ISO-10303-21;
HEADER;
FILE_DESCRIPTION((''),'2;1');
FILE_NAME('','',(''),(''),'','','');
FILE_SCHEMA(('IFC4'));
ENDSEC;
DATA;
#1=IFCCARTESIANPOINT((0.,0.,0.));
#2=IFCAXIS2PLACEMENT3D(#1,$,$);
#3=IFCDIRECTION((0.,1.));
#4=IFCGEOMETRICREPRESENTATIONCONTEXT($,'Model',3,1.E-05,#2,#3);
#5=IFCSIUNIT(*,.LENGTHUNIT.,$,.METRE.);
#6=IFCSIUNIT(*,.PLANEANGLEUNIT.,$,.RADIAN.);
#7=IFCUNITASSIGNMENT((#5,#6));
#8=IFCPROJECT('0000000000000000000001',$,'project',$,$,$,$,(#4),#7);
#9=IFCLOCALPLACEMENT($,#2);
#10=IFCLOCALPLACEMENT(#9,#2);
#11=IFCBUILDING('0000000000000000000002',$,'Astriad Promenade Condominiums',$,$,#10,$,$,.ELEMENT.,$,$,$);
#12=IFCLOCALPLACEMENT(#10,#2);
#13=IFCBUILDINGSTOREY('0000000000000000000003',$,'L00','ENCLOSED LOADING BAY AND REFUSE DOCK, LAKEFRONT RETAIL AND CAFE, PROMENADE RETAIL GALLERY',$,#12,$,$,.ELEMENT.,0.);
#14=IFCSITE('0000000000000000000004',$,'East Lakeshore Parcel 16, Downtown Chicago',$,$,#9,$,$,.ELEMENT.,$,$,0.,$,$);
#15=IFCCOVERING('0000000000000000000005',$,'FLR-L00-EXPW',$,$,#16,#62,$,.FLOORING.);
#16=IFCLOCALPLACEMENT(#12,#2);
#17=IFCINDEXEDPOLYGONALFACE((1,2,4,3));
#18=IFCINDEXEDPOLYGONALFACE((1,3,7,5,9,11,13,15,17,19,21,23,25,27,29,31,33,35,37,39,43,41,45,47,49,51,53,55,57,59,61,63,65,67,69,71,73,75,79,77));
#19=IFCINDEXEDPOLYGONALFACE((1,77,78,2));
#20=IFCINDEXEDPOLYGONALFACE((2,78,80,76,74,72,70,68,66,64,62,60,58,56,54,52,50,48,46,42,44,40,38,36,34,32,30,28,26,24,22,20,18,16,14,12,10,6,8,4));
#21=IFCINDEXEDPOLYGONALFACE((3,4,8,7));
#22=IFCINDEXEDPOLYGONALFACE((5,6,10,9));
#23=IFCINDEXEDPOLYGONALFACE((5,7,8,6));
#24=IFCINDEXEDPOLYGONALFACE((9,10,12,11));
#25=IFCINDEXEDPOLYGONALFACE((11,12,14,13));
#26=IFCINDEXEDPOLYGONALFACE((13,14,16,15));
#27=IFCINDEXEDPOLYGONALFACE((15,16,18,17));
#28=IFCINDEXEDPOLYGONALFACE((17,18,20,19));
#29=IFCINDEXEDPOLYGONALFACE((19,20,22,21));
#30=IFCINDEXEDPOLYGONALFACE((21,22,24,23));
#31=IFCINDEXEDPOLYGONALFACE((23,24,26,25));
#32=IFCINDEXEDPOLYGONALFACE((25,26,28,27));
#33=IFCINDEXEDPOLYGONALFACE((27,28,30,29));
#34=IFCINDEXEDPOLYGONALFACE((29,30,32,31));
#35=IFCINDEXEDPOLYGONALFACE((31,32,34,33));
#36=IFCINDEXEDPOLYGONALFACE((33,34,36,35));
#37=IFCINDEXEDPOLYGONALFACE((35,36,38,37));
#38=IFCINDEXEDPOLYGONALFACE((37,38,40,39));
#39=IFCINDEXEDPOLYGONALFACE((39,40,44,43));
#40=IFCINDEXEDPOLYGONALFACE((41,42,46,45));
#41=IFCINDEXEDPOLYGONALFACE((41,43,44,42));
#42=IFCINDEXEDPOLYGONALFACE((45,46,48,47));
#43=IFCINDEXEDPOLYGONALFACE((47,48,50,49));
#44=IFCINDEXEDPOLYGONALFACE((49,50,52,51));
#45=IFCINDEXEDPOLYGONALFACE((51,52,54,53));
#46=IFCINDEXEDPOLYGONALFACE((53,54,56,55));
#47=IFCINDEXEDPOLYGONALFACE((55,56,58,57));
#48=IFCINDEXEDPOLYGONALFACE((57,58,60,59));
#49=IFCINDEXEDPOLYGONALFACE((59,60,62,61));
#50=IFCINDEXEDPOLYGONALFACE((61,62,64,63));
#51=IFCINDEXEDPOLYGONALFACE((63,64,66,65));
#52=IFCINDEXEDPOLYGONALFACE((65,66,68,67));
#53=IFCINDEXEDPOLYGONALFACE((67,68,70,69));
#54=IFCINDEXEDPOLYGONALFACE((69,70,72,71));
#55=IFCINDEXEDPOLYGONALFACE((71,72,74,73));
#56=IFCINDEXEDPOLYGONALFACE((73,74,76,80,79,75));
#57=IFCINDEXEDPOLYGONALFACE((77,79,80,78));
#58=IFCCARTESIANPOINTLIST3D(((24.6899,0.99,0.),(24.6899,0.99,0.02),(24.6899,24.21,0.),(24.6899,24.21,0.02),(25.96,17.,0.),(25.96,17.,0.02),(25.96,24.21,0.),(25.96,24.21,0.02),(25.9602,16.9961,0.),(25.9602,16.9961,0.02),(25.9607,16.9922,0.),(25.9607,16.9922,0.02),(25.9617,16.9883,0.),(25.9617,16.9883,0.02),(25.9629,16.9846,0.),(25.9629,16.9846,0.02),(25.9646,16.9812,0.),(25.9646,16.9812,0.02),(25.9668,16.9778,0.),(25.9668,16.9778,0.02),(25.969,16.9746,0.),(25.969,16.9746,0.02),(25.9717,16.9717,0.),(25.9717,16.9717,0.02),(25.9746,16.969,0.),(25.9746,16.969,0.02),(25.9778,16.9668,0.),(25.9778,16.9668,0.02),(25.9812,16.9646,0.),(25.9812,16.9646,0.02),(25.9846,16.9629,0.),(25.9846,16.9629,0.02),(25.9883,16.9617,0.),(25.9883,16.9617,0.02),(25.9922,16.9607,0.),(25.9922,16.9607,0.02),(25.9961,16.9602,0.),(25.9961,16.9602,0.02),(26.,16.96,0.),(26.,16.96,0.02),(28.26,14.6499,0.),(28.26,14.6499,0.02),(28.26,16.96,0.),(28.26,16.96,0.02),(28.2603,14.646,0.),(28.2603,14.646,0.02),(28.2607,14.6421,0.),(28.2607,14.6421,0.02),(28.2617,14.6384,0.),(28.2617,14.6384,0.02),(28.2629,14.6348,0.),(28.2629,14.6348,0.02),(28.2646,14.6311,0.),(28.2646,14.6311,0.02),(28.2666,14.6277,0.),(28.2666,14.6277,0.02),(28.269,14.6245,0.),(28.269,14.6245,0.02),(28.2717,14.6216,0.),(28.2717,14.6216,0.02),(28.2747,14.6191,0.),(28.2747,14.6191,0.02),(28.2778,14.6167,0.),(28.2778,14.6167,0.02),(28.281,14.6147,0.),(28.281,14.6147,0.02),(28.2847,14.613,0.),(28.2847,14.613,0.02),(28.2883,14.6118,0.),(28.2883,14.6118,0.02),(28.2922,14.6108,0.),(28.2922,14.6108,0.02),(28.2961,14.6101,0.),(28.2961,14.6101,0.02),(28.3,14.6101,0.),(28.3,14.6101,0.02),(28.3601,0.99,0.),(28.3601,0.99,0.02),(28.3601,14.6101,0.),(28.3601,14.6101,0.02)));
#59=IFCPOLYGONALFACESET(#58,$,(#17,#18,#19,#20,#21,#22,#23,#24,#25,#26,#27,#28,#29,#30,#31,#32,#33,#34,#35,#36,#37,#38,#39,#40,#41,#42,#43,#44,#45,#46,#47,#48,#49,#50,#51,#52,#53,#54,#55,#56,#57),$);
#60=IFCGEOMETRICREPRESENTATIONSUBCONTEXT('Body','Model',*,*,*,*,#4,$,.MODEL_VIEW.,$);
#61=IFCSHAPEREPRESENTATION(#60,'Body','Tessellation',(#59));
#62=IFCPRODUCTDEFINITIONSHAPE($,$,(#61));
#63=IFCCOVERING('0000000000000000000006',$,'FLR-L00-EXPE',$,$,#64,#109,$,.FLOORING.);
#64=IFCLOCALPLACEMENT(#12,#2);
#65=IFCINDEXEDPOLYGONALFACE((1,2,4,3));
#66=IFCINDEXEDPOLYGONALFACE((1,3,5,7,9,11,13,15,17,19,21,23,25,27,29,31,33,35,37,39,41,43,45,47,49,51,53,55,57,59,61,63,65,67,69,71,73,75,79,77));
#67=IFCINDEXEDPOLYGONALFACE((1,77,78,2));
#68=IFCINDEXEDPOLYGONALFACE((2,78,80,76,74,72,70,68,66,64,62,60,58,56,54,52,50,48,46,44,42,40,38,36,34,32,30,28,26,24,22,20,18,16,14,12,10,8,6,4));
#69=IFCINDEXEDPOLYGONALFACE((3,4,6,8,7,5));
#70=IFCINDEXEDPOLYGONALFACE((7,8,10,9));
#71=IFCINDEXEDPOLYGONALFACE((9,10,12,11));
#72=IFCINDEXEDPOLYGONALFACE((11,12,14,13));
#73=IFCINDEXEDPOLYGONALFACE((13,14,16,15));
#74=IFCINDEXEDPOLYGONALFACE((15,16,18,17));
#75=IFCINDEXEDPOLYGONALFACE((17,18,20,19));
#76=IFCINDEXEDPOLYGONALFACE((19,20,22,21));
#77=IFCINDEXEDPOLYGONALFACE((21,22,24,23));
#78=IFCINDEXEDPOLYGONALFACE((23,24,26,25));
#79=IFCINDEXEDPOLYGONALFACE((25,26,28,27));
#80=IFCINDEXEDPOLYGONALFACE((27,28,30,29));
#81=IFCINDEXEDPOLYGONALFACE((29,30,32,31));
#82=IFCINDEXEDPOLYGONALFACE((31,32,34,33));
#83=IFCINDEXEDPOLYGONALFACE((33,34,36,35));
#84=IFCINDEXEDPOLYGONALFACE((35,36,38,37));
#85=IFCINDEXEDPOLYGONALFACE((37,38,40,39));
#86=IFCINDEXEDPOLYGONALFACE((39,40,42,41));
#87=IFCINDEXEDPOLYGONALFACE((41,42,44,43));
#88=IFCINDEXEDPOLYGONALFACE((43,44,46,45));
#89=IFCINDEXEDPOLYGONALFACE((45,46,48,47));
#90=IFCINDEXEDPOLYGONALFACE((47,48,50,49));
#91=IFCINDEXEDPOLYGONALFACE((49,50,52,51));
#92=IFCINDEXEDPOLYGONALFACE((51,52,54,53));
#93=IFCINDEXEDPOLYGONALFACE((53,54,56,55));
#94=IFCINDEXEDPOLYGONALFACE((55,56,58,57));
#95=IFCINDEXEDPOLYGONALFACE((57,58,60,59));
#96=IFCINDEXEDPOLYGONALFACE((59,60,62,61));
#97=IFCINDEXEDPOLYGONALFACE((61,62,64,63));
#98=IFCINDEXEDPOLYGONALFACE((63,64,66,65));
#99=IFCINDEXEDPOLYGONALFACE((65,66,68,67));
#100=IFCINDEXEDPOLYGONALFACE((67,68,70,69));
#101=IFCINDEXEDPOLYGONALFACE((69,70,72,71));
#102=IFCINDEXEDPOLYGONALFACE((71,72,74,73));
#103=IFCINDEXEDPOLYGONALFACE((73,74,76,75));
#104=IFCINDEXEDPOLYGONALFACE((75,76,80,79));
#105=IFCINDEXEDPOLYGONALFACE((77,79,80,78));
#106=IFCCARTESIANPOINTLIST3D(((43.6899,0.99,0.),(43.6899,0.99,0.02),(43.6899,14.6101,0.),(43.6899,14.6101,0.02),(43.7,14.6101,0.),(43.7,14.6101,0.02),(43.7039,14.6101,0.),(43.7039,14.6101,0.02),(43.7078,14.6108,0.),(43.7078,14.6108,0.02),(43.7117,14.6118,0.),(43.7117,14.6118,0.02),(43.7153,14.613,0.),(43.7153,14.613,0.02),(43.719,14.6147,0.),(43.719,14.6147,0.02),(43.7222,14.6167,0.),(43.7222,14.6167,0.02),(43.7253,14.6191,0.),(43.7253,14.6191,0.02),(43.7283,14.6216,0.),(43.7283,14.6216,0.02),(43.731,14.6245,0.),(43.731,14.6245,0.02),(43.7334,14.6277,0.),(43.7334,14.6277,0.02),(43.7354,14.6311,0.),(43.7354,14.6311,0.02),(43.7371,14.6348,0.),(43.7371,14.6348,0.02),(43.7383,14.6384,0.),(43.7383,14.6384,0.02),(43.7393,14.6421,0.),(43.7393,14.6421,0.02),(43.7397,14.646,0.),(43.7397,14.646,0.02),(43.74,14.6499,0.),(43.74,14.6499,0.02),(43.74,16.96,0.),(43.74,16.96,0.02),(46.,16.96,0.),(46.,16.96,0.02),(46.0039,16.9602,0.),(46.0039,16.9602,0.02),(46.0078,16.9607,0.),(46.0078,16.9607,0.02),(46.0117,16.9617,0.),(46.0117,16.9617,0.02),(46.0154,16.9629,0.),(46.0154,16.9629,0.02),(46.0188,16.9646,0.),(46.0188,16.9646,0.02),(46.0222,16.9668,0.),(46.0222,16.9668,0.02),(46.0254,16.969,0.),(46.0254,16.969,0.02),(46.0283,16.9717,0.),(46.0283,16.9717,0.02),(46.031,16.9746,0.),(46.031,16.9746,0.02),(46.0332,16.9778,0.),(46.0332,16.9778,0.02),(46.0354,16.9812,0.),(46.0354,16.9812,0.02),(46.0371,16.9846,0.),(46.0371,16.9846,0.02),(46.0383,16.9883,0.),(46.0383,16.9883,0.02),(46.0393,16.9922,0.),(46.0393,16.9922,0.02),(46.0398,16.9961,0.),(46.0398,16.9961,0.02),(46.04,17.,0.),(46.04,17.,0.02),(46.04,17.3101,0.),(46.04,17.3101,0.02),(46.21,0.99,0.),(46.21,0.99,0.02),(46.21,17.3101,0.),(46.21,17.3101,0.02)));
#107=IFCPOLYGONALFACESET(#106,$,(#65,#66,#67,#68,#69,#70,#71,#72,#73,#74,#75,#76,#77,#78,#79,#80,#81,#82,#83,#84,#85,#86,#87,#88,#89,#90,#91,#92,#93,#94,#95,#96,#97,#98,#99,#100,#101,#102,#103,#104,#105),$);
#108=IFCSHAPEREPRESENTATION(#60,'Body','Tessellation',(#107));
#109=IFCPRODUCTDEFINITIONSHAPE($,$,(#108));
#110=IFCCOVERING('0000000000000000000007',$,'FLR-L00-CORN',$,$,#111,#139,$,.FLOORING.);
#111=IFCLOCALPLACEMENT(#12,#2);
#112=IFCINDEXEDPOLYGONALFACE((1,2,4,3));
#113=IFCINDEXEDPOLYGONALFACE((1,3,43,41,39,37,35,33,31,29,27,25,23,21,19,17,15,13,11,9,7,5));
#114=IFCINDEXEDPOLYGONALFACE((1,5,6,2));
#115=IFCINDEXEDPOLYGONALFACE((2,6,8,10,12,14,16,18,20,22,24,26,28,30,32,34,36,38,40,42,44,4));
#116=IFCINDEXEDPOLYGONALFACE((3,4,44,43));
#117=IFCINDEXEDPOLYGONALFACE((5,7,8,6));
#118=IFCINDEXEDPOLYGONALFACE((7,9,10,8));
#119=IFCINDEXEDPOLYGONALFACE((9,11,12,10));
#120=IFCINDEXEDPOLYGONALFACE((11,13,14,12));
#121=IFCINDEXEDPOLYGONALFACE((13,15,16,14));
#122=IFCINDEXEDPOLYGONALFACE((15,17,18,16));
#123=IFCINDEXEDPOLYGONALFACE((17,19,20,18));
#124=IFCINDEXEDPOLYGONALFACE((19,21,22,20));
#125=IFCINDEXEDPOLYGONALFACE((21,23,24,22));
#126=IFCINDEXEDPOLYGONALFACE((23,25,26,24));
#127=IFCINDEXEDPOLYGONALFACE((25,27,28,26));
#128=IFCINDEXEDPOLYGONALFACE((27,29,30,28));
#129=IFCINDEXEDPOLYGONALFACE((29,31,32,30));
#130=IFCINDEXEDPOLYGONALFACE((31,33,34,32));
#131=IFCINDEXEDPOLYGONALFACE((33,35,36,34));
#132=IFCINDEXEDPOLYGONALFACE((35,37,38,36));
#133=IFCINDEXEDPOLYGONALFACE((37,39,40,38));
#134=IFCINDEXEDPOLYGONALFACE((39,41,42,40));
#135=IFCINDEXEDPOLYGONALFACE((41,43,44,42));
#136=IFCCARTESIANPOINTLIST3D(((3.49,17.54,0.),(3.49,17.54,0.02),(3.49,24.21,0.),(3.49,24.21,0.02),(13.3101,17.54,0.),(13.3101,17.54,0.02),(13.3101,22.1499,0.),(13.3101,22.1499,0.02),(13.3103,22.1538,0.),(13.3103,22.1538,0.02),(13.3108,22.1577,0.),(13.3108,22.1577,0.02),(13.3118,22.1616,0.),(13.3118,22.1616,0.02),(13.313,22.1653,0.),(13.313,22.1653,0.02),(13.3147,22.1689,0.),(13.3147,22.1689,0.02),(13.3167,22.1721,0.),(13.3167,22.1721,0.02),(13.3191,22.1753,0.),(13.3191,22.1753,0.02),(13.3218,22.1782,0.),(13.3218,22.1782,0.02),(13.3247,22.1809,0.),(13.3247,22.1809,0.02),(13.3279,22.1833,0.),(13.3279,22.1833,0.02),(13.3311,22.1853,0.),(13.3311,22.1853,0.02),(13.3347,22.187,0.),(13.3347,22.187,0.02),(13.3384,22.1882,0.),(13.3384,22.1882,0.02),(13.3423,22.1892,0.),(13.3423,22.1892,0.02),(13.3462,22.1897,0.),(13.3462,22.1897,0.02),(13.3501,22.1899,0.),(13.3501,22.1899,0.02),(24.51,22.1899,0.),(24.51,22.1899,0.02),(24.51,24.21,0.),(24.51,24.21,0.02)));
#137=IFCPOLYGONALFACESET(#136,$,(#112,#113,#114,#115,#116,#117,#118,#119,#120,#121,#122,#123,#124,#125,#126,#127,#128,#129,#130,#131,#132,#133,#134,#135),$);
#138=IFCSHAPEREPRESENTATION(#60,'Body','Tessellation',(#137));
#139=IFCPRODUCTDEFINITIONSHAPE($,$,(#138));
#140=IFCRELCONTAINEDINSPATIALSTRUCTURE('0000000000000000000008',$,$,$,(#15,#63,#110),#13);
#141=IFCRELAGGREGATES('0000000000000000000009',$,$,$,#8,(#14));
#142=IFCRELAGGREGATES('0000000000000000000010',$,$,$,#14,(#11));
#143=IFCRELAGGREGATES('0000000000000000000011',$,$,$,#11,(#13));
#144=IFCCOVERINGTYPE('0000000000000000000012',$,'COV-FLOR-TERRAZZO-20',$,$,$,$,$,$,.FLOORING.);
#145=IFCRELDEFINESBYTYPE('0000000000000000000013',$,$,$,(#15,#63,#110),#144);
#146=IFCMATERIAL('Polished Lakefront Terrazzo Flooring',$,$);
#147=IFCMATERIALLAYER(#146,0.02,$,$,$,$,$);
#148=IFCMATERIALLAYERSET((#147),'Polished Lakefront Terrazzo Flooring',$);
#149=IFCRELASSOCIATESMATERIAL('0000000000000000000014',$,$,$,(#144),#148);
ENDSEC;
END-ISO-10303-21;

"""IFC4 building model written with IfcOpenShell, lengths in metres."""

from ifc_helpers import new_model, si_unit, direction, origin, place, context, subcontext, project, spatial, polyline, outline, extrude, material, layer, layer_set, type_object, element, save


model = new_model("IFC4")

# Units and contexts
model_context = context("Model", 3, precision=1e-05, world=origin(), true_north=direction((0.0, 1.0)))
body_context = subcontext(model_context, "Body", "Model", "MODEL_VIEW")
ifc_project = project(units=[si_unit("LENGTHUNIT", "METRE"), si_unit("PLANEANGLEUNIT", "RADIAN")], contexts=[model_context])

# Site, building, storey
site_placement = place(None, origin())
site = spatial("IfcSite", under=ifc_project, at=site_placement, Name="East Lakeshore Parcel 16, Downtown Chicago", CompositionType="ELEMENT", RefElevation=0.0)
building_placement = place(site_placement, origin())
building = spatial("IfcBuilding", under=site, at=building_placement, Name="Astriad Promenade Condominiums", CompositionType="ELEMENT")
storey_placement = place(building_placement, origin())
storey = spatial("IfcBuildingStorey", under=building, at=storey_placement, Name="L00", Description="ENCLOSED LOADING BAY AND REFUSE DOCK, LAKEFRONT RETAIL AND CAFE, PROMENADE RETAIL GALLERY", CompositionType="ELEMENT", Elevation=0.0)

# Coverings
ifc_material_1 = material(Name="Polished Lakefront Terrazzo Flooring")
ifc_layer_1 = layer(ifc_material_1, 0.02)
ifc_layer_set_1 = layer_set([ifc_layer_1], Name="Polished Lakefront Terrazzo Flooring")
covering_type_1 = type_object("IfcCoveringType", Name="COV-FLOR-TERRAZZO-20", PredefinedType="FLOORING", material=ifc_layer_set_1)
covering_1_placement = place(storey_placement, origin())
element("IfcCovering", 1, at=covering_1_placement, inside=storey, type_object=covering_type_1, Name="FLR-L00-EXPW", PredefinedType="FLOORING", context=body_context, shape_type="SweptSolid", body=[
    extrude(outline(polyline([(28.3601, 14.6101), (28.3601, 0.99), (24.6899, 0.99), (24.6899, 24.21), (25.96, 24.21), (25.96, 17.0), (25.9602, 16.9961), (25.9607, 16.9922), (25.9617, 16.9883), (25.9629, 16.9846), (25.9646, 16.9812), (25.9668, 16.9778), (25.969, 16.9746), (25.9717, 16.9717), (25.9746, 16.969), (25.9778, 16.9668), (25.9812, 16.9646), (25.9846, 16.9629), (25.9883, 16.9617), (25.9922, 16.9607), (25.9961, 16.9602), (26.0, 16.96), (28.26, 16.96), (28.26, 14.6499), (28.2603, 14.646), (28.2607, 14.6421), (28.2617, 14.6384), (28.2629, 14.6348), (28.2646, 14.6311), (28.2666, 14.6277), (28.269, 14.6245), (28.2717, 14.6216), (28.2747, 14.6191), (28.2778, 14.6167), (28.281, 14.6147), (28.2847, 14.613), (28.2883, 14.6118), (28.2922, 14.6108), (28.2961, 14.6101), (28.3, 14.6101), (28.3601, 14.6101)])), origin(), (0.0, 0.0, 1.0), 0.02),
])
covering_2_placement = place(storey_placement, origin())
element("IfcCovering", 2, at=covering_2_placement, inside=storey, type_object=covering_type_1, Name="FLR-L00-EXPE", PredefinedType="FLOORING", context=body_context, shape_type="SweptSolid", body=[
    extrude(outline(polyline([(46.04, 17.3101), (46.21, 17.3101), (46.21, 0.99), (43.6899, 0.99), (43.6899, 14.6101), (43.7, 14.6101), (43.7039, 14.6101), (43.7078, 14.6108), (43.7117, 14.6118), (43.7153, 14.613), (43.719, 14.6147), (43.7222, 14.6167), (43.7253, 14.6191), (43.7283, 14.6216), (43.731, 14.6245), (43.7334, 14.6277), (43.7354, 14.6311), (43.7371, 14.6348), (43.7383, 14.6384), (43.7393, 14.6421), (43.7397, 14.646), (43.74, 14.6499), (43.74, 16.96), (46.0, 16.96), (46.0039, 16.9602), (46.0078, 16.9607), (46.0117, 16.9617), (46.0154, 16.9629), (46.0188, 16.9646), (46.0222, 16.9668), (46.0254, 16.969), (46.0283, 16.9717), (46.031, 16.9746), (46.0332, 16.9778), (46.0354, 16.9812), (46.0371, 16.9846), (46.0383, 16.9883), (46.0393, 16.9922), (46.0398, 16.9961), (46.04, 17.0), (46.04, 17.3101)])), origin(), (0.0, 0.0, 1.0), 0.02),
])
covering_3_placement = place(storey_placement, origin())
element("IfcCovering", 3, at=covering_3_placement, inside=storey, type_object=covering_type_1, Name="FLR-L00-CORN", PredefinedType="FLOORING", context=body_context, shape_type="SweptSolid", body=[
    extrude(outline(polyline([(3.49, 17.54), (3.49, 24.21), (24.51, 24.21), (24.51, 22.1899), (13.3501, 22.1899), (13.3462, 22.1897), (13.3423, 22.1892), (13.3384, 22.1882), (13.3347, 22.187), (13.3311, 22.1853), (13.3279, 22.1833), (13.3247, 22.1809), (13.3218, 22.1782), (13.3191, 22.1753), (13.3167, 22.1721), (13.3147, 22.1689), (13.313, 22.1653), (13.3118, 22.1616), (13.3108, 22.1577), (13.3103, 22.1538), (13.3101, 22.1499), (13.3101, 17.54), (3.49, 17.54)])), origin(), (0.0, 0.0, 1.0), 0.02),
])

save(model, "model.ifc")
